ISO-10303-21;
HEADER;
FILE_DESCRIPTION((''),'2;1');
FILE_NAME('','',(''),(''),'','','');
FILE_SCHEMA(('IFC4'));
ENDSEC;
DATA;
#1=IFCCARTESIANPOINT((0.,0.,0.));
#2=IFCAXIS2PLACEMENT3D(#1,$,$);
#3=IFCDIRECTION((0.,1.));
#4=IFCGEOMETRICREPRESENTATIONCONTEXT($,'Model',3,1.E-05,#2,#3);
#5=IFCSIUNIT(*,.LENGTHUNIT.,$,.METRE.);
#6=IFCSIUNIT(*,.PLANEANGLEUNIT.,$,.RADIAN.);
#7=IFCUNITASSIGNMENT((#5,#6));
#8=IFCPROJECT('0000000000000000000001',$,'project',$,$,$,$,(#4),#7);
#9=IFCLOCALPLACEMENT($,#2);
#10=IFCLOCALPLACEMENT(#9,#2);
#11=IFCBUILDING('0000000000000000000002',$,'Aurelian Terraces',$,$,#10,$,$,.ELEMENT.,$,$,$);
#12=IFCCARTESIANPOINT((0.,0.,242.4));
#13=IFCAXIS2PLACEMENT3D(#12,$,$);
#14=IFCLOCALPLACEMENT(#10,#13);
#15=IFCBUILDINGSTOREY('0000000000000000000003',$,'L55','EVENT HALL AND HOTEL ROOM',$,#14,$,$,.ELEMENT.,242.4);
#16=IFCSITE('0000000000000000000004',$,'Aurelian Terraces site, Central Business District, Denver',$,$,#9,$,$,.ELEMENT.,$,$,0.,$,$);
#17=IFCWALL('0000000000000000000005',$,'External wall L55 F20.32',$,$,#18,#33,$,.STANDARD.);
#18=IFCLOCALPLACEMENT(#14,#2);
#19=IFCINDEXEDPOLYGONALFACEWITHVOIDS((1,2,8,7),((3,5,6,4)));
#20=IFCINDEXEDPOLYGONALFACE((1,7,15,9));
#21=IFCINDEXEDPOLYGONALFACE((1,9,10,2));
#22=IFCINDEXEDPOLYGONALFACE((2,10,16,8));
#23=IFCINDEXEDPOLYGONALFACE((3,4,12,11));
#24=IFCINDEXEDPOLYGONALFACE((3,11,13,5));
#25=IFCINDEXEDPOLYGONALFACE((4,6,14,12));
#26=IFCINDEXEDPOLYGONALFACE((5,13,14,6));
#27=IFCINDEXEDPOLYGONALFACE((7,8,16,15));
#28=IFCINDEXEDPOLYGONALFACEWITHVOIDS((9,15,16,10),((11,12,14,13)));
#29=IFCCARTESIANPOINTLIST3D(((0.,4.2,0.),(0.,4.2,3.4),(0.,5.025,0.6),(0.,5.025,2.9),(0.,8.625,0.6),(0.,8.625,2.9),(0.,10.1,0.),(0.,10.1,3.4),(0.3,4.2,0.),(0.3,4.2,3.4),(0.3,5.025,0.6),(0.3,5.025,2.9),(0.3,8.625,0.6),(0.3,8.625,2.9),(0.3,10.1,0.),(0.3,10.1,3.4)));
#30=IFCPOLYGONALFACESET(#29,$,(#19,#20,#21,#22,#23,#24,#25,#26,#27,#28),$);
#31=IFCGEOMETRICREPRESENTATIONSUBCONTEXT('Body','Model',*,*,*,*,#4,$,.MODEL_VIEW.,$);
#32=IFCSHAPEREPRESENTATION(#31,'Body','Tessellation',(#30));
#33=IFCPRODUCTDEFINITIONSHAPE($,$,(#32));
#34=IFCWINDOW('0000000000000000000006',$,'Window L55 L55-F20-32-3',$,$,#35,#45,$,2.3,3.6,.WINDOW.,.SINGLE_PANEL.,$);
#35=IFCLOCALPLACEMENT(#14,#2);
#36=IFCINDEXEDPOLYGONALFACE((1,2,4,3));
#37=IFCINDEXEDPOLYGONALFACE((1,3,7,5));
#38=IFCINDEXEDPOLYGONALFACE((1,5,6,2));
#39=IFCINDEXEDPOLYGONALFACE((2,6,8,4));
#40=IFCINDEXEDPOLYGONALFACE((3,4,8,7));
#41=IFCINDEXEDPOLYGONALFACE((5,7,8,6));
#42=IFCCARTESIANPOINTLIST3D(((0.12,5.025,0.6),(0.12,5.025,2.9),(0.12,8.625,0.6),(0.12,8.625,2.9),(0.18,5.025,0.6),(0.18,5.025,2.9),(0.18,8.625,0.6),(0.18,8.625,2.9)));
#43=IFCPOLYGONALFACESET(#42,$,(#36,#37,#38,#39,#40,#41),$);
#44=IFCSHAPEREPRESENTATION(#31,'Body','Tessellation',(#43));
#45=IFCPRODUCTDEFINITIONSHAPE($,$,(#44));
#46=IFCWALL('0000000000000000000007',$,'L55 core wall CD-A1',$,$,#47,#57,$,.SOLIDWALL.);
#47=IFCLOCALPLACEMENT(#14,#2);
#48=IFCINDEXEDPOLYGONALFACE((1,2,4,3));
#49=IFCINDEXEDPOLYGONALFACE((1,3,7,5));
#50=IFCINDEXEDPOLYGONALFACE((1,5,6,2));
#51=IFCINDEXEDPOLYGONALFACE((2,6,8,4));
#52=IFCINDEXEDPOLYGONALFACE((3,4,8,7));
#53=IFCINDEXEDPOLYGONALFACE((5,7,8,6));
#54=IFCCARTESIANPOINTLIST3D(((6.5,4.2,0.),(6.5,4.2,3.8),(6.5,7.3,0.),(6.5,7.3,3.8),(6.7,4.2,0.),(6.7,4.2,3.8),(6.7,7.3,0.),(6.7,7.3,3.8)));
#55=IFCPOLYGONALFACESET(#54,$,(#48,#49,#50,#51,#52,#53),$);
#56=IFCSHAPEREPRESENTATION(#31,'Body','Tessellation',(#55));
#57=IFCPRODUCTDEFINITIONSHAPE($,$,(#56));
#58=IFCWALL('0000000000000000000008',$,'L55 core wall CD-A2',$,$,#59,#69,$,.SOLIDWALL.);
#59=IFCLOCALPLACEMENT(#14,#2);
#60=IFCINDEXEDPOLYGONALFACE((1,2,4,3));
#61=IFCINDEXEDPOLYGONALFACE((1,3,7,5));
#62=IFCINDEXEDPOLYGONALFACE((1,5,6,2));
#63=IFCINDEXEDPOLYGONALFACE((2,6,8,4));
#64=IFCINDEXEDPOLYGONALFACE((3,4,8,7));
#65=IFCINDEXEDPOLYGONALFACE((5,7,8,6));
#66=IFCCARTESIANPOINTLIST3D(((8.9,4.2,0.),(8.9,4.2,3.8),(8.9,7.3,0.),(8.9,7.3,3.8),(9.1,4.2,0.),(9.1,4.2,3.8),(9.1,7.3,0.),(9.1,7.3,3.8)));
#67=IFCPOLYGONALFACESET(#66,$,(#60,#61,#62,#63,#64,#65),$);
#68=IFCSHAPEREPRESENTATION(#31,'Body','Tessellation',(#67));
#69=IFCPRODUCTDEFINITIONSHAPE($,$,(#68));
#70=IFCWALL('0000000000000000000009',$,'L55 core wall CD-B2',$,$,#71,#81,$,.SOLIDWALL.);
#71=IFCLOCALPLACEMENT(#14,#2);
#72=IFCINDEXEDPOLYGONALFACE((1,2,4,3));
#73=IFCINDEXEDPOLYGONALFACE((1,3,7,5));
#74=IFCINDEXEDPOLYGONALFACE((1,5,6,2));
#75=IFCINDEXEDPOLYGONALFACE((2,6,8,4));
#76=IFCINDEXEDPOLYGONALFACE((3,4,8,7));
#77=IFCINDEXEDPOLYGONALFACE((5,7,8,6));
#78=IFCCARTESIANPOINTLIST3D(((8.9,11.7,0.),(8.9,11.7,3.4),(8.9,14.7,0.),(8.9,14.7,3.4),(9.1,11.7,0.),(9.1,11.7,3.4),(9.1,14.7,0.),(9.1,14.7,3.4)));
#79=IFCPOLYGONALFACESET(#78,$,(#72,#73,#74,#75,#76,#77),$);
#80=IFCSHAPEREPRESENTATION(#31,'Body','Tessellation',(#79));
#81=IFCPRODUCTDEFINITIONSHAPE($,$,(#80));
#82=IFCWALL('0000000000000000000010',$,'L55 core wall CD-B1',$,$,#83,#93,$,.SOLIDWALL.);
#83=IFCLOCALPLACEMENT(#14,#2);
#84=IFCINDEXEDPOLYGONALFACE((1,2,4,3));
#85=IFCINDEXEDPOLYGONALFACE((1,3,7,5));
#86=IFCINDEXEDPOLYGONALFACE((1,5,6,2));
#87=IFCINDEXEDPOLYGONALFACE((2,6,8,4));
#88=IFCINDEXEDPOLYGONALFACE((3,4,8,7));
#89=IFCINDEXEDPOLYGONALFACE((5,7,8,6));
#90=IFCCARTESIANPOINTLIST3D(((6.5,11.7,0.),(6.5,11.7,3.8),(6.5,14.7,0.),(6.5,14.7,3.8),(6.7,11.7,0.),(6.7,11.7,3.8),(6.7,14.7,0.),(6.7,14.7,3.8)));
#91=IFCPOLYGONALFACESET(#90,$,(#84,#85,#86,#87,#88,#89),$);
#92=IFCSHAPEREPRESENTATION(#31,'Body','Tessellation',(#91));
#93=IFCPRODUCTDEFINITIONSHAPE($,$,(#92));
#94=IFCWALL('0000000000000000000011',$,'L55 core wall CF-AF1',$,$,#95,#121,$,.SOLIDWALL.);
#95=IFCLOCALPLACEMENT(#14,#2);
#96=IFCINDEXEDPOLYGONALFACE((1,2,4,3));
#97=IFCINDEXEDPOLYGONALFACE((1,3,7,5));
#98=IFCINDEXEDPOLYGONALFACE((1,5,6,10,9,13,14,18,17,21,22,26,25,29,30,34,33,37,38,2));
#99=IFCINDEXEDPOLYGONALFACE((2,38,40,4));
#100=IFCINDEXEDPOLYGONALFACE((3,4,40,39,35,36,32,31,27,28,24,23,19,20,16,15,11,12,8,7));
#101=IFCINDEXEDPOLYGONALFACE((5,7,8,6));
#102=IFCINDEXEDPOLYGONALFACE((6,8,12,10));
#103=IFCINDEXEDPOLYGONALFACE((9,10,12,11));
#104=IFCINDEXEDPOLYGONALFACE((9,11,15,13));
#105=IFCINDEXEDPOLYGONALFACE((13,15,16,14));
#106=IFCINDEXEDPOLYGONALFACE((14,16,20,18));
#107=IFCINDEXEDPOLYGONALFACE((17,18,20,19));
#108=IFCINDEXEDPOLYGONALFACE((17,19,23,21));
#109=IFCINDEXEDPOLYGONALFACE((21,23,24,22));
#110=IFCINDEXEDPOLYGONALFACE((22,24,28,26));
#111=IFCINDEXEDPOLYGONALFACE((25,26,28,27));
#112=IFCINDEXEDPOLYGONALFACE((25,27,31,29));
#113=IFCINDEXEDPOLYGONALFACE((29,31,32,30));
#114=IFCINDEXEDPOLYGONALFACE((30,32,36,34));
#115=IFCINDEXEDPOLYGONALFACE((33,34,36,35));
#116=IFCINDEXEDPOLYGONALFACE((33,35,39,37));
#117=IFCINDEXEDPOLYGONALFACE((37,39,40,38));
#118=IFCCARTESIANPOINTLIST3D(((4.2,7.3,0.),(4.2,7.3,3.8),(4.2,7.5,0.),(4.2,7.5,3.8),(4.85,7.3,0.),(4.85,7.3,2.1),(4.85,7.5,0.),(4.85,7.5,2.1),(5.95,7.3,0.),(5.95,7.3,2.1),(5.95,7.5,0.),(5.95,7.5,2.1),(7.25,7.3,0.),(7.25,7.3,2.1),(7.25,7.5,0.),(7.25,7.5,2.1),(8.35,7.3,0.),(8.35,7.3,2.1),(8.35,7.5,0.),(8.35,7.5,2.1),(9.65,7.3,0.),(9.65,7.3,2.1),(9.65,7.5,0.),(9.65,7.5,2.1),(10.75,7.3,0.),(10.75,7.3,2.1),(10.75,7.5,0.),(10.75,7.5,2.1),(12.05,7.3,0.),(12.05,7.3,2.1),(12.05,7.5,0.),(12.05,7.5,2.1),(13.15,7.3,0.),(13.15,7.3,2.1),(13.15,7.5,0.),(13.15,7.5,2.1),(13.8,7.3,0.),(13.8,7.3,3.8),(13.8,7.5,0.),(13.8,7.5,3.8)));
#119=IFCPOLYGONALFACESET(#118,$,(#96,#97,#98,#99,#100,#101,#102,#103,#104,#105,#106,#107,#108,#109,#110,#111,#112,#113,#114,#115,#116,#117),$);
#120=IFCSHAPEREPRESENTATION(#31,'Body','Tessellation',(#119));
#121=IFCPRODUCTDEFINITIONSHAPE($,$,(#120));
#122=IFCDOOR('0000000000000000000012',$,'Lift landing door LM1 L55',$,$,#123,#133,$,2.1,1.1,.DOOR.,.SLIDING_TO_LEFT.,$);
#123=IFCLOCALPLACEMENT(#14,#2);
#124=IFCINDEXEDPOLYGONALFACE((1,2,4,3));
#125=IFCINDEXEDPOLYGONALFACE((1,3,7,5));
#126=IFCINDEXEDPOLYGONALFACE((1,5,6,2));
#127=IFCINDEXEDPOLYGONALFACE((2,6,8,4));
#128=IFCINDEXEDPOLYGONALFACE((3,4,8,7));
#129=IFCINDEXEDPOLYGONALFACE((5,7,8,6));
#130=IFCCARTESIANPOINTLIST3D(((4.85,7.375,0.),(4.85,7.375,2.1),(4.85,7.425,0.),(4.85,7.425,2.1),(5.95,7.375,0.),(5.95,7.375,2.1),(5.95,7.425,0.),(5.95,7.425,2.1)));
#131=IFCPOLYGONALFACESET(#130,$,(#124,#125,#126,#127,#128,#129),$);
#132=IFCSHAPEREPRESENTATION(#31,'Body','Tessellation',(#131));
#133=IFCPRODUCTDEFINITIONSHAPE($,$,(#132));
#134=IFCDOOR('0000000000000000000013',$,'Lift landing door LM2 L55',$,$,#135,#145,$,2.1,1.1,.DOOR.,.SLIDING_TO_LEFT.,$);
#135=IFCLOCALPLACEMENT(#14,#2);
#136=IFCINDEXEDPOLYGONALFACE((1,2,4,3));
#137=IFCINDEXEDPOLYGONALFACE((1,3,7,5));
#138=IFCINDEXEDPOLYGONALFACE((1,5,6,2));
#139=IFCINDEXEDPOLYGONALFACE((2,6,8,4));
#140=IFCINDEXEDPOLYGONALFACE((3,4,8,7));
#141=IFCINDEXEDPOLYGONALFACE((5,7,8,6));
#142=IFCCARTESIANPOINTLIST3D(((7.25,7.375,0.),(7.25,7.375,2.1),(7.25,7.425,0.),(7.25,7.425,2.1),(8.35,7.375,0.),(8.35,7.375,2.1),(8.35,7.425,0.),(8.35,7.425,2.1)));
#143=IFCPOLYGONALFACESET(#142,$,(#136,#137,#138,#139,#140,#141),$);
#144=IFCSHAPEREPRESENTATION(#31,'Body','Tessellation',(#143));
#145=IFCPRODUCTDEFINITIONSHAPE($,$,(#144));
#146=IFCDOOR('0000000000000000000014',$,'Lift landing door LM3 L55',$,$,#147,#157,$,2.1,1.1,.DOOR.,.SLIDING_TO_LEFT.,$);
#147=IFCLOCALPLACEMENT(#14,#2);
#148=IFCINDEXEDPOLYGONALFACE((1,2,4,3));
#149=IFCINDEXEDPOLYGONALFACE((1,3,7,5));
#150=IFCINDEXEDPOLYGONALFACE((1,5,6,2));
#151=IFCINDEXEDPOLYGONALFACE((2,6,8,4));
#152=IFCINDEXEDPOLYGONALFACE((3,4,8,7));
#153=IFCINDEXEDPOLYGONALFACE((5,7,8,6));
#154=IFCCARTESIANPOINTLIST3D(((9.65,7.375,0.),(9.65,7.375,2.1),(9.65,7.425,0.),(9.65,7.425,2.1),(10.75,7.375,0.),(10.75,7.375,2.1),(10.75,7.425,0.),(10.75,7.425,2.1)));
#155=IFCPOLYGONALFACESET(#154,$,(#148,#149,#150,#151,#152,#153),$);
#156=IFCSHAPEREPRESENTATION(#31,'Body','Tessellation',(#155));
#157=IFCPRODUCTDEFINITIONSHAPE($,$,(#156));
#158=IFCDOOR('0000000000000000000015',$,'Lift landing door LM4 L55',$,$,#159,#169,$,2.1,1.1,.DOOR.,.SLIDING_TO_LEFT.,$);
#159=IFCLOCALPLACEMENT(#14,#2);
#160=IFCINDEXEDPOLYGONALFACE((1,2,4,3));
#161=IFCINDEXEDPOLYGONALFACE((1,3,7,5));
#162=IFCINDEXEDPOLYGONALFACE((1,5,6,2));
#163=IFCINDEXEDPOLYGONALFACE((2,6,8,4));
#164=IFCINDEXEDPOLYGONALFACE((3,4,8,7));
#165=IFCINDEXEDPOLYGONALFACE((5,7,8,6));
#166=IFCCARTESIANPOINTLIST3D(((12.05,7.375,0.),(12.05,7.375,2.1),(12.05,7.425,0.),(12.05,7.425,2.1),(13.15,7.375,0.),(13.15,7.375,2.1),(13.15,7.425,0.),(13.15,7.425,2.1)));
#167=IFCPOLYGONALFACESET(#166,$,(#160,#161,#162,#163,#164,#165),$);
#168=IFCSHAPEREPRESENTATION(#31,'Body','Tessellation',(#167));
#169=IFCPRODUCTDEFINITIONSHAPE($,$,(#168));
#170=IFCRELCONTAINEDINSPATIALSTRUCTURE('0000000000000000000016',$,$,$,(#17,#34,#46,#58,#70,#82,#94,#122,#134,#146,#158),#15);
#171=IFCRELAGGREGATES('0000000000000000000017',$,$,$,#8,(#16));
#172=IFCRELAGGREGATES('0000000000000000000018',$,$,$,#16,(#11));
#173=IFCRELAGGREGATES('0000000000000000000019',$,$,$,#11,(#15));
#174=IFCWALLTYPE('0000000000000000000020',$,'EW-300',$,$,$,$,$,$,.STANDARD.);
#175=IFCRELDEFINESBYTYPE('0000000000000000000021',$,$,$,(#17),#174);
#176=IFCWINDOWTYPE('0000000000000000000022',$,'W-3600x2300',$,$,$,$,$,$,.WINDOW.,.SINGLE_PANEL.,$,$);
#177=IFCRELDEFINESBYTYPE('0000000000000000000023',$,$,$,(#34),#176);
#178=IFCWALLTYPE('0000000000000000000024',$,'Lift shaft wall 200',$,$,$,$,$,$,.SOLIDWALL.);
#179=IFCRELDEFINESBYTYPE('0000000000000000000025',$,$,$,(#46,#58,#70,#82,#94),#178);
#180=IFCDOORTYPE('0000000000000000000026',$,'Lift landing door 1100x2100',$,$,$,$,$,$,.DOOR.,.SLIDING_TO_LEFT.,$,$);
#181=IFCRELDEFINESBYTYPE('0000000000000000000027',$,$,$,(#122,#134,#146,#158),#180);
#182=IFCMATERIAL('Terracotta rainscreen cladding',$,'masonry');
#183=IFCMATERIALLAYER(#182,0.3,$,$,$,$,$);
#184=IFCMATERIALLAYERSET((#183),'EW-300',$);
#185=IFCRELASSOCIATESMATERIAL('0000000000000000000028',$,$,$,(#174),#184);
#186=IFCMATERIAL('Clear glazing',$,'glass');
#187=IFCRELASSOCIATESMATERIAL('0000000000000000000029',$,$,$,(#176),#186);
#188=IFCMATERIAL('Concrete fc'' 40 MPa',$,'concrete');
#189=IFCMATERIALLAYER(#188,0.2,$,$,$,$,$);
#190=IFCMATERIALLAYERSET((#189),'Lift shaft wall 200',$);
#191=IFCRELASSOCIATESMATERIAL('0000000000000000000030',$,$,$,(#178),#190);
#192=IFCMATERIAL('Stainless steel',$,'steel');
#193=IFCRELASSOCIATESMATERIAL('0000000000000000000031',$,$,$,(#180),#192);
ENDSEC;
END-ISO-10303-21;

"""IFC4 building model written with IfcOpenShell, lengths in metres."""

from ifc_helpers import new_model, si_unit, direction, frame, frame_2d, origin, place, context, subcontext, project, spatial, rectangle, extrude, source, transform, mapped, material, layer, layer_set, type_object, element, fill, save


model = new_model("IFC4")

# Units and contexts
model_context = context("Model", 3, precision=1e-05, world=origin(), true_north=direction((0.0, 1.0)))
body_context = subcontext(model_context, "Body", "Model", "MODEL_VIEW")
ifc_project = project(units=[si_unit("LENGTHUNIT", "METRE"), si_unit("PLANEANGLEUNIT", "RADIAN")], contexts=[model_context])

# Site, building, storey
site_placement = place(None, origin())
site = spatial("IfcSite", under=ifc_project, at=site_placement, Name="Aurelian Terraces site, Central Business District, Denver", CompositionType="ELEMENT", RefElevation=0.0)
building_placement = place(site_placement, origin())
building = spatial("IfcBuilding", under=site, at=building_placement, Name="Aurelian Terraces", CompositionType="ELEMENT")
storey_placement = place(building_placement, frame((0.0, 0.0, 242.4)))
storey = spatial("IfcBuildingStorey", under=building, at=storey_placement, Name="L55", Description="EVENT HALL AND HOTEL ROOM", CompositionType="ELEMENT", Elevation=242.4)

# Wall, opening, window
ifc_material_1 = material(Name="Terracotta rainscreen cladding", Category="masonry")
ifc_layer_1 = layer(ifc_material_1, 0.3)
ifc_layer_set_1 = layer_set([ifc_layer_1], Name="EW-300")
wall_type_1 = type_object("IfcWallType", Name="EW-300", PredefinedType="STANDARD", material=ifc_layer_set_1)
ifc_material_2 = material(Name="Clear glazing", Category="glass")
shared_shape_1 = source(origin(), body_context, "Body", "SweptSolid", [
    extrude(rectangle(XDim=5.9, YDim=0.3, at=frame_2d((2.95, 0.0))), origin(), (0.0, 0.0, 1.0), 3.4),
])
wall_1_placement = place(storey_placement, frame((0.15, 10.1, 0.0), z_axis=(0.0, 0.0, 1.0), x_axis=(0.0, -1.0, 0.0)))
wall_1 = element("IfcWall", 1, at=wall_1_placement, inside=storey, type_object=wall_type_1, Name="External wall L55 F20.32", PredefinedType="STANDARD", context=body_context, shape_type="MappedRepresentation", body=[
    mapped(shared_shape_1, transform((0.0, 0.0, 0.0), scale=1.0)),
])
shared_shape_2 = source(origin(), body_context, "Body", "SweptSolid", [
    extrude(rectangle(XDim=3.6, YDim=2.3, at=frame_2d((1.8, 1.15))), frame((0.0, 0.16, 0.0), z_axis=(0.0, -1.0, 0.0), x_axis=(1.0, 0.0, 0.0)), (0.0, 0.0, 1.0), 0.32),
])
opening_1_placement = place(wall_1_placement, frame((1.475, 0.0, 0.6)))
opening_1 = element("IfcOpeningElement", 2, at=opening_1_placement, cuts=wall_1, PredefinedType="OPENING", context=body_context, shape_type="MappedRepresentation", body=[
    mapped(shared_shape_2, transform((0.0, 0.0, 0.0), scale=1.0)),
])
window_type_1 = type_object("IfcWindowType", Name="W-3600x2300", PartitioningType="SINGLE_PANEL", PredefinedType="WINDOW", material=ifc_material_2)
shared_shape_3 = source(origin(), body_context, "Body", "SweptSolid", [
    extrude(rectangle(XDim=3.6, YDim=2.3, at=frame_2d((1.8, 1.15))), frame((0.0, 0.03, 0.0), z_axis=(0.0, -1.0, 0.0), x_axis=(1.0, 0.0, 0.0)), (0.0, 0.0, 1.0), 0.06),
])
window_1_placement = place(opening_1_placement, origin())
window_1 = element("IfcWindow", 3, at=window_1_placement, inside=storey, type_object=window_type_1, Name="Window L55 L55-F20-32-3", OverallHeight=2.3, OverallWidth=3.6, PartitioningType="SINGLE_PANEL", PredefinedType="WINDOW", context=body_context, shape_type="MappedRepresentation", body=[
    mapped(shared_shape_3, transform((0.0, 0.0, 0.0), scale=1.0)),
])
fill(opening_1, window_1)

# Walls
ifc_material_3 = material(Name="Concrete fc' 40 MPa", Category="concrete")
ifc_layer_2 = layer(ifc_material_3, 0.2)
ifc_layer_set_2 = layer_set([ifc_layer_2], Name="Lift shaft wall 200")
wall_type_2 = type_object("IfcWallType", Name="Lift shaft wall 200", PredefinedType="SOLIDWALL", material=ifc_layer_set_2)
shared_shape_4 = source(origin(), body_context, "Body", "SweptSolid", [
    extrude(rectangle(XDim=3.1, YDim=0.2, at=frame_2d((1.55, 0.0))), origin(), (0.0, 0.0, 1.0), 3.8),
])
for number, where, z_axis, x_axis, name in (
    (4, (6.6, 4.2, 0.0), (0.0, 0.0, 1.0), (0.0, 1.0, 0.0), "L55 core wall CD-A1"),
    (5, (9.0, 4.2, 0.0), (0.0, 0.0, 1.0), (0.0, 1.0, 0.0), "L55 core wall CD-A2"),
):
    element("IfcWall", number, at=place(storey_placement, frame(where, z_axis=z_axis, x_axis=x_axis)), inside=storey, type_object=wall_type_2, Name=name, PredefinedType="SOLIDWALL", context=body_context, shape_type="MappedRepresentation", body=[
        mapped(shared_shape_4, transform((0.0, 0.0, 0.0), scale=1.0)),
    ])
shared_shape_5 = source(origin(), body_context, "Body", "SweptSolid", [
    extrude(rectangle(XDim=3.0, YDim=0.2, at=frame_2d((1.5, 0.0))), origin(), (0.0, 0.0, 1.0), 3.4),
])
wall_2_placement = place(storey_placement, frame((9.0, 11.7, 0.0), z_axis=(0.0, 0.0, 1.0), x_axis=(0.0, 1.0, 0.0)))
element("IfcWall", 6, at=wall_2_placement, inside=storey, type_object=wall_type_2, Name="L55 core wall CD-B2", PredefinedType="SOLIDWALL", context=body_context, shape_type="MappedRepresentation", body=[
    mapped(shared_shape_5, transform((0.0, 0.0, 0.0), scale=1.0)),
])
shared_shape_6 = source(origin(), body_context, "Body", "SweptSolid", [
    extrude(rectangle(XDim=3.0, YDim=0.2, at=frame_2d((1.5, 0.0))), origin(), (0.0, 0.0, 1.0), 3.8),
])
wall_3_placement = place(storey_placement, frame((6.6, 11.7, 0.0), z_axis=(0.0, 0.0, 1.0), x_axis=(0.0, 1.0, 0.0)))
element("IfcWall", 7, at=wall_3_placement, inside=storey, type_object=wall_type_2, Name="L55 core wall CD-B1", PredefinedType="SOLIDWALL", context=body_context, shape_type="MappedRepresentation", body=[
    mapped(shared_shape_6, transform((0.0, 0.0, 0.0), scale=1.0)),
])

# Wall, openings, doors
shared_shape_7 = source(origin(), body_context, "Body", "SweptSolid", [
    extrude(rectangle(XDim=9.6, YDim=0.2, at=frame_2d((4.8, 0.0))), origin(), (0.0, 0.0, 1.0), 3.8),
])
wall_4_placement = place(storey_placement, frame((4.2, 7.4, 0.0), z_axis=(0.0, 0.0, 1.0), x_axis=(1.0, 0.0, 0.0)))
wall_4 = element("IfcWall", 8, at=wall_4_placement, inside=storey, type_object=wall_type_2, Name="L55 core wall CF-AF1", PredefinedType="SOLIDWALL", context=body_context, shape_type="MappedRepresentation", body=[
    mapped(shared_shape_7, transform((0.0, 0.0, 0.0), scale=1.0)),
])
shared_shape_8 = source(origin(), body_context, "Body", "SweptSolid", [
    extrude(rectangle(XDim=1.1, YDim=2.1, at=frame_2d((0.55, 1.05))), frame((0.0, 0.11, 0.0), z_axis=(0.0, -1.0, 0.0), x_axis=(1.0, 0.0, 0.0)), (0.0, 0.0, 1.0), 0.22),
])
opening_2_placement = place(wall_4_placement, frame((0.65, 0.0, 0.0)))
opening_2 = element("IfcOpeningElement", 9, at=opening_2_placement, cuts=wall_4, PredefinedType="OPENING", context=body_context, shape_type="MappedRepresentation", body=[
    mapped(shared_shape_8, transform((0.0, 0.0, 0.0), scale=1.0)),
])
opening_3_placement = place(wall_4_placement, frame((3.05, 0.0, 0.0)))
opening_3 = element("IfcOpeningElement", 10, at=opening_3_placement, cuts=wall_4, PredefinedType="OPENING", context=body_context, shape_type="MappedRepresentation", body=[
    mapped(shared_shape_8, transform((0.0, 0.0, 0.0), scale=1.0)),
])
opening_4_placement = place(wall_4_placement, frame((5.45, 0.0, 0.0)))
opening_4 = element("IfcOpeningElement", 11, at=opening_4_placement, cuts=wall_4, PredefinedType="OPENING", context=body_context, shape_type="MappedRepresentation", body=[
    mapped(shared_shape_8, transform((0.0, 0.0, 0.0), scale=1.0)),
])
opening_5_placement = place(wall_4_placement, frame((7.85, 0.0, 0.0)))
opening_5 = element("IfcOpeningElement", 12, at=opening_5_placement, cuts=wall_4, PredefinedType="OPENING", context=body_context, shape_type="MappedRepresentation", body=[
    mapped(shared_shape_8, transform((0.0, 0.0, 0.0), scale=1.0)),
])
ifc_material_4 = material(Name="Stainless steel", Category="steel")
door_type_1 = type_object("IfcDoorType", Name="Lift landing door 1100x2100", OperationType="SLIDING_TO_LEFT", PredefinedType="DOOR", material=ifc_material_4)
shared_shape_9 = source(origin(), body_context, "Body", "SweptSolid", [
    extrude(rectangle(XDim=1.1, YDim=2.1, at=frame_2d((0.55, 1.05))), frame((0.0, 0.025, 0.0), z_axis=(0.0, -1.0, 0.0), x_axis=(1.0, 0.0, 0.0)), (0.0, 0.0, 1.0), 0.05),
])
door_1_placement = place(opening_2_placement, origin())
door_1 = element("IfcDoor", 13, at=door_1_placement, inside=storey, type_object=door_type_1, Name="Lift landing door LM1 L55", OperationType="SLIDING_TO_LEFT", OverallHeight=2.1, OverallWidth=1.1, PredefinedType="DOOR", context=body_context, shape_type="MappedRepresentation", body=[
    mapped(shared_shape_9, transform((0.0, 0.0, 0.0), scale=1.0)),
])
fill(opening_2, door_1)
door_2_placement = place(opening_3_placement, origin())
door_2 = element("IfcDoor", 14, at=door_2_placement, inside=storey, type_object=door_type_1, Name="Lift landing door LM2 L55", OperationType="SLIDING_TO_LEFT", OverallHeight=2.1, OverallWidth=1.1, PredefinedType="DOOR", context=body_context, shape_type="MappedRepresentation", body=[
    mapped(shared_shape_9, transform((0.0, 0.0, 0.0), scale=1.0)),
])
fill(opening_3, door_2)
door_3_placement = place(opening_4_placement, origin())
door_3 = element("IfcDoor", 15, at=door_3_placement, inside=storey, type_object=door_type_1, Name="Lift landing door LM3 L55", OperationType="SLIDING_TO_LEFT", OverallHeight=2.1, OverallWidth=1.1, PredefinedType="DOOR", context=body_context, shape_type="MappedRepresentation", body=[
    mapped(shared_shape_9, transform((0.0, 0.0, 0.0), scale=1.0)),
])
fill(opening_4, door_3)
door_4_placement = place(opening_5_placement, origin())
door_4 = element("IfcDoor", 16, at=door_4_placement, inside=storey, type_object=door_type_1, Name="Lift landing door LM4 L55", OperationType="SLIDING_TO_LEFT", OverallHeight=2.1, OverallWidth=1.1, PredefinedType="DOOR", context=body_context, shape_type="MappedRepresentation", body=[
    mapped(shared_shape_9, transform((0.0, 0.0, 0.0), scale=1.0)),
])
fill(opening_5, door_4)

save(model, "model.ifc")
